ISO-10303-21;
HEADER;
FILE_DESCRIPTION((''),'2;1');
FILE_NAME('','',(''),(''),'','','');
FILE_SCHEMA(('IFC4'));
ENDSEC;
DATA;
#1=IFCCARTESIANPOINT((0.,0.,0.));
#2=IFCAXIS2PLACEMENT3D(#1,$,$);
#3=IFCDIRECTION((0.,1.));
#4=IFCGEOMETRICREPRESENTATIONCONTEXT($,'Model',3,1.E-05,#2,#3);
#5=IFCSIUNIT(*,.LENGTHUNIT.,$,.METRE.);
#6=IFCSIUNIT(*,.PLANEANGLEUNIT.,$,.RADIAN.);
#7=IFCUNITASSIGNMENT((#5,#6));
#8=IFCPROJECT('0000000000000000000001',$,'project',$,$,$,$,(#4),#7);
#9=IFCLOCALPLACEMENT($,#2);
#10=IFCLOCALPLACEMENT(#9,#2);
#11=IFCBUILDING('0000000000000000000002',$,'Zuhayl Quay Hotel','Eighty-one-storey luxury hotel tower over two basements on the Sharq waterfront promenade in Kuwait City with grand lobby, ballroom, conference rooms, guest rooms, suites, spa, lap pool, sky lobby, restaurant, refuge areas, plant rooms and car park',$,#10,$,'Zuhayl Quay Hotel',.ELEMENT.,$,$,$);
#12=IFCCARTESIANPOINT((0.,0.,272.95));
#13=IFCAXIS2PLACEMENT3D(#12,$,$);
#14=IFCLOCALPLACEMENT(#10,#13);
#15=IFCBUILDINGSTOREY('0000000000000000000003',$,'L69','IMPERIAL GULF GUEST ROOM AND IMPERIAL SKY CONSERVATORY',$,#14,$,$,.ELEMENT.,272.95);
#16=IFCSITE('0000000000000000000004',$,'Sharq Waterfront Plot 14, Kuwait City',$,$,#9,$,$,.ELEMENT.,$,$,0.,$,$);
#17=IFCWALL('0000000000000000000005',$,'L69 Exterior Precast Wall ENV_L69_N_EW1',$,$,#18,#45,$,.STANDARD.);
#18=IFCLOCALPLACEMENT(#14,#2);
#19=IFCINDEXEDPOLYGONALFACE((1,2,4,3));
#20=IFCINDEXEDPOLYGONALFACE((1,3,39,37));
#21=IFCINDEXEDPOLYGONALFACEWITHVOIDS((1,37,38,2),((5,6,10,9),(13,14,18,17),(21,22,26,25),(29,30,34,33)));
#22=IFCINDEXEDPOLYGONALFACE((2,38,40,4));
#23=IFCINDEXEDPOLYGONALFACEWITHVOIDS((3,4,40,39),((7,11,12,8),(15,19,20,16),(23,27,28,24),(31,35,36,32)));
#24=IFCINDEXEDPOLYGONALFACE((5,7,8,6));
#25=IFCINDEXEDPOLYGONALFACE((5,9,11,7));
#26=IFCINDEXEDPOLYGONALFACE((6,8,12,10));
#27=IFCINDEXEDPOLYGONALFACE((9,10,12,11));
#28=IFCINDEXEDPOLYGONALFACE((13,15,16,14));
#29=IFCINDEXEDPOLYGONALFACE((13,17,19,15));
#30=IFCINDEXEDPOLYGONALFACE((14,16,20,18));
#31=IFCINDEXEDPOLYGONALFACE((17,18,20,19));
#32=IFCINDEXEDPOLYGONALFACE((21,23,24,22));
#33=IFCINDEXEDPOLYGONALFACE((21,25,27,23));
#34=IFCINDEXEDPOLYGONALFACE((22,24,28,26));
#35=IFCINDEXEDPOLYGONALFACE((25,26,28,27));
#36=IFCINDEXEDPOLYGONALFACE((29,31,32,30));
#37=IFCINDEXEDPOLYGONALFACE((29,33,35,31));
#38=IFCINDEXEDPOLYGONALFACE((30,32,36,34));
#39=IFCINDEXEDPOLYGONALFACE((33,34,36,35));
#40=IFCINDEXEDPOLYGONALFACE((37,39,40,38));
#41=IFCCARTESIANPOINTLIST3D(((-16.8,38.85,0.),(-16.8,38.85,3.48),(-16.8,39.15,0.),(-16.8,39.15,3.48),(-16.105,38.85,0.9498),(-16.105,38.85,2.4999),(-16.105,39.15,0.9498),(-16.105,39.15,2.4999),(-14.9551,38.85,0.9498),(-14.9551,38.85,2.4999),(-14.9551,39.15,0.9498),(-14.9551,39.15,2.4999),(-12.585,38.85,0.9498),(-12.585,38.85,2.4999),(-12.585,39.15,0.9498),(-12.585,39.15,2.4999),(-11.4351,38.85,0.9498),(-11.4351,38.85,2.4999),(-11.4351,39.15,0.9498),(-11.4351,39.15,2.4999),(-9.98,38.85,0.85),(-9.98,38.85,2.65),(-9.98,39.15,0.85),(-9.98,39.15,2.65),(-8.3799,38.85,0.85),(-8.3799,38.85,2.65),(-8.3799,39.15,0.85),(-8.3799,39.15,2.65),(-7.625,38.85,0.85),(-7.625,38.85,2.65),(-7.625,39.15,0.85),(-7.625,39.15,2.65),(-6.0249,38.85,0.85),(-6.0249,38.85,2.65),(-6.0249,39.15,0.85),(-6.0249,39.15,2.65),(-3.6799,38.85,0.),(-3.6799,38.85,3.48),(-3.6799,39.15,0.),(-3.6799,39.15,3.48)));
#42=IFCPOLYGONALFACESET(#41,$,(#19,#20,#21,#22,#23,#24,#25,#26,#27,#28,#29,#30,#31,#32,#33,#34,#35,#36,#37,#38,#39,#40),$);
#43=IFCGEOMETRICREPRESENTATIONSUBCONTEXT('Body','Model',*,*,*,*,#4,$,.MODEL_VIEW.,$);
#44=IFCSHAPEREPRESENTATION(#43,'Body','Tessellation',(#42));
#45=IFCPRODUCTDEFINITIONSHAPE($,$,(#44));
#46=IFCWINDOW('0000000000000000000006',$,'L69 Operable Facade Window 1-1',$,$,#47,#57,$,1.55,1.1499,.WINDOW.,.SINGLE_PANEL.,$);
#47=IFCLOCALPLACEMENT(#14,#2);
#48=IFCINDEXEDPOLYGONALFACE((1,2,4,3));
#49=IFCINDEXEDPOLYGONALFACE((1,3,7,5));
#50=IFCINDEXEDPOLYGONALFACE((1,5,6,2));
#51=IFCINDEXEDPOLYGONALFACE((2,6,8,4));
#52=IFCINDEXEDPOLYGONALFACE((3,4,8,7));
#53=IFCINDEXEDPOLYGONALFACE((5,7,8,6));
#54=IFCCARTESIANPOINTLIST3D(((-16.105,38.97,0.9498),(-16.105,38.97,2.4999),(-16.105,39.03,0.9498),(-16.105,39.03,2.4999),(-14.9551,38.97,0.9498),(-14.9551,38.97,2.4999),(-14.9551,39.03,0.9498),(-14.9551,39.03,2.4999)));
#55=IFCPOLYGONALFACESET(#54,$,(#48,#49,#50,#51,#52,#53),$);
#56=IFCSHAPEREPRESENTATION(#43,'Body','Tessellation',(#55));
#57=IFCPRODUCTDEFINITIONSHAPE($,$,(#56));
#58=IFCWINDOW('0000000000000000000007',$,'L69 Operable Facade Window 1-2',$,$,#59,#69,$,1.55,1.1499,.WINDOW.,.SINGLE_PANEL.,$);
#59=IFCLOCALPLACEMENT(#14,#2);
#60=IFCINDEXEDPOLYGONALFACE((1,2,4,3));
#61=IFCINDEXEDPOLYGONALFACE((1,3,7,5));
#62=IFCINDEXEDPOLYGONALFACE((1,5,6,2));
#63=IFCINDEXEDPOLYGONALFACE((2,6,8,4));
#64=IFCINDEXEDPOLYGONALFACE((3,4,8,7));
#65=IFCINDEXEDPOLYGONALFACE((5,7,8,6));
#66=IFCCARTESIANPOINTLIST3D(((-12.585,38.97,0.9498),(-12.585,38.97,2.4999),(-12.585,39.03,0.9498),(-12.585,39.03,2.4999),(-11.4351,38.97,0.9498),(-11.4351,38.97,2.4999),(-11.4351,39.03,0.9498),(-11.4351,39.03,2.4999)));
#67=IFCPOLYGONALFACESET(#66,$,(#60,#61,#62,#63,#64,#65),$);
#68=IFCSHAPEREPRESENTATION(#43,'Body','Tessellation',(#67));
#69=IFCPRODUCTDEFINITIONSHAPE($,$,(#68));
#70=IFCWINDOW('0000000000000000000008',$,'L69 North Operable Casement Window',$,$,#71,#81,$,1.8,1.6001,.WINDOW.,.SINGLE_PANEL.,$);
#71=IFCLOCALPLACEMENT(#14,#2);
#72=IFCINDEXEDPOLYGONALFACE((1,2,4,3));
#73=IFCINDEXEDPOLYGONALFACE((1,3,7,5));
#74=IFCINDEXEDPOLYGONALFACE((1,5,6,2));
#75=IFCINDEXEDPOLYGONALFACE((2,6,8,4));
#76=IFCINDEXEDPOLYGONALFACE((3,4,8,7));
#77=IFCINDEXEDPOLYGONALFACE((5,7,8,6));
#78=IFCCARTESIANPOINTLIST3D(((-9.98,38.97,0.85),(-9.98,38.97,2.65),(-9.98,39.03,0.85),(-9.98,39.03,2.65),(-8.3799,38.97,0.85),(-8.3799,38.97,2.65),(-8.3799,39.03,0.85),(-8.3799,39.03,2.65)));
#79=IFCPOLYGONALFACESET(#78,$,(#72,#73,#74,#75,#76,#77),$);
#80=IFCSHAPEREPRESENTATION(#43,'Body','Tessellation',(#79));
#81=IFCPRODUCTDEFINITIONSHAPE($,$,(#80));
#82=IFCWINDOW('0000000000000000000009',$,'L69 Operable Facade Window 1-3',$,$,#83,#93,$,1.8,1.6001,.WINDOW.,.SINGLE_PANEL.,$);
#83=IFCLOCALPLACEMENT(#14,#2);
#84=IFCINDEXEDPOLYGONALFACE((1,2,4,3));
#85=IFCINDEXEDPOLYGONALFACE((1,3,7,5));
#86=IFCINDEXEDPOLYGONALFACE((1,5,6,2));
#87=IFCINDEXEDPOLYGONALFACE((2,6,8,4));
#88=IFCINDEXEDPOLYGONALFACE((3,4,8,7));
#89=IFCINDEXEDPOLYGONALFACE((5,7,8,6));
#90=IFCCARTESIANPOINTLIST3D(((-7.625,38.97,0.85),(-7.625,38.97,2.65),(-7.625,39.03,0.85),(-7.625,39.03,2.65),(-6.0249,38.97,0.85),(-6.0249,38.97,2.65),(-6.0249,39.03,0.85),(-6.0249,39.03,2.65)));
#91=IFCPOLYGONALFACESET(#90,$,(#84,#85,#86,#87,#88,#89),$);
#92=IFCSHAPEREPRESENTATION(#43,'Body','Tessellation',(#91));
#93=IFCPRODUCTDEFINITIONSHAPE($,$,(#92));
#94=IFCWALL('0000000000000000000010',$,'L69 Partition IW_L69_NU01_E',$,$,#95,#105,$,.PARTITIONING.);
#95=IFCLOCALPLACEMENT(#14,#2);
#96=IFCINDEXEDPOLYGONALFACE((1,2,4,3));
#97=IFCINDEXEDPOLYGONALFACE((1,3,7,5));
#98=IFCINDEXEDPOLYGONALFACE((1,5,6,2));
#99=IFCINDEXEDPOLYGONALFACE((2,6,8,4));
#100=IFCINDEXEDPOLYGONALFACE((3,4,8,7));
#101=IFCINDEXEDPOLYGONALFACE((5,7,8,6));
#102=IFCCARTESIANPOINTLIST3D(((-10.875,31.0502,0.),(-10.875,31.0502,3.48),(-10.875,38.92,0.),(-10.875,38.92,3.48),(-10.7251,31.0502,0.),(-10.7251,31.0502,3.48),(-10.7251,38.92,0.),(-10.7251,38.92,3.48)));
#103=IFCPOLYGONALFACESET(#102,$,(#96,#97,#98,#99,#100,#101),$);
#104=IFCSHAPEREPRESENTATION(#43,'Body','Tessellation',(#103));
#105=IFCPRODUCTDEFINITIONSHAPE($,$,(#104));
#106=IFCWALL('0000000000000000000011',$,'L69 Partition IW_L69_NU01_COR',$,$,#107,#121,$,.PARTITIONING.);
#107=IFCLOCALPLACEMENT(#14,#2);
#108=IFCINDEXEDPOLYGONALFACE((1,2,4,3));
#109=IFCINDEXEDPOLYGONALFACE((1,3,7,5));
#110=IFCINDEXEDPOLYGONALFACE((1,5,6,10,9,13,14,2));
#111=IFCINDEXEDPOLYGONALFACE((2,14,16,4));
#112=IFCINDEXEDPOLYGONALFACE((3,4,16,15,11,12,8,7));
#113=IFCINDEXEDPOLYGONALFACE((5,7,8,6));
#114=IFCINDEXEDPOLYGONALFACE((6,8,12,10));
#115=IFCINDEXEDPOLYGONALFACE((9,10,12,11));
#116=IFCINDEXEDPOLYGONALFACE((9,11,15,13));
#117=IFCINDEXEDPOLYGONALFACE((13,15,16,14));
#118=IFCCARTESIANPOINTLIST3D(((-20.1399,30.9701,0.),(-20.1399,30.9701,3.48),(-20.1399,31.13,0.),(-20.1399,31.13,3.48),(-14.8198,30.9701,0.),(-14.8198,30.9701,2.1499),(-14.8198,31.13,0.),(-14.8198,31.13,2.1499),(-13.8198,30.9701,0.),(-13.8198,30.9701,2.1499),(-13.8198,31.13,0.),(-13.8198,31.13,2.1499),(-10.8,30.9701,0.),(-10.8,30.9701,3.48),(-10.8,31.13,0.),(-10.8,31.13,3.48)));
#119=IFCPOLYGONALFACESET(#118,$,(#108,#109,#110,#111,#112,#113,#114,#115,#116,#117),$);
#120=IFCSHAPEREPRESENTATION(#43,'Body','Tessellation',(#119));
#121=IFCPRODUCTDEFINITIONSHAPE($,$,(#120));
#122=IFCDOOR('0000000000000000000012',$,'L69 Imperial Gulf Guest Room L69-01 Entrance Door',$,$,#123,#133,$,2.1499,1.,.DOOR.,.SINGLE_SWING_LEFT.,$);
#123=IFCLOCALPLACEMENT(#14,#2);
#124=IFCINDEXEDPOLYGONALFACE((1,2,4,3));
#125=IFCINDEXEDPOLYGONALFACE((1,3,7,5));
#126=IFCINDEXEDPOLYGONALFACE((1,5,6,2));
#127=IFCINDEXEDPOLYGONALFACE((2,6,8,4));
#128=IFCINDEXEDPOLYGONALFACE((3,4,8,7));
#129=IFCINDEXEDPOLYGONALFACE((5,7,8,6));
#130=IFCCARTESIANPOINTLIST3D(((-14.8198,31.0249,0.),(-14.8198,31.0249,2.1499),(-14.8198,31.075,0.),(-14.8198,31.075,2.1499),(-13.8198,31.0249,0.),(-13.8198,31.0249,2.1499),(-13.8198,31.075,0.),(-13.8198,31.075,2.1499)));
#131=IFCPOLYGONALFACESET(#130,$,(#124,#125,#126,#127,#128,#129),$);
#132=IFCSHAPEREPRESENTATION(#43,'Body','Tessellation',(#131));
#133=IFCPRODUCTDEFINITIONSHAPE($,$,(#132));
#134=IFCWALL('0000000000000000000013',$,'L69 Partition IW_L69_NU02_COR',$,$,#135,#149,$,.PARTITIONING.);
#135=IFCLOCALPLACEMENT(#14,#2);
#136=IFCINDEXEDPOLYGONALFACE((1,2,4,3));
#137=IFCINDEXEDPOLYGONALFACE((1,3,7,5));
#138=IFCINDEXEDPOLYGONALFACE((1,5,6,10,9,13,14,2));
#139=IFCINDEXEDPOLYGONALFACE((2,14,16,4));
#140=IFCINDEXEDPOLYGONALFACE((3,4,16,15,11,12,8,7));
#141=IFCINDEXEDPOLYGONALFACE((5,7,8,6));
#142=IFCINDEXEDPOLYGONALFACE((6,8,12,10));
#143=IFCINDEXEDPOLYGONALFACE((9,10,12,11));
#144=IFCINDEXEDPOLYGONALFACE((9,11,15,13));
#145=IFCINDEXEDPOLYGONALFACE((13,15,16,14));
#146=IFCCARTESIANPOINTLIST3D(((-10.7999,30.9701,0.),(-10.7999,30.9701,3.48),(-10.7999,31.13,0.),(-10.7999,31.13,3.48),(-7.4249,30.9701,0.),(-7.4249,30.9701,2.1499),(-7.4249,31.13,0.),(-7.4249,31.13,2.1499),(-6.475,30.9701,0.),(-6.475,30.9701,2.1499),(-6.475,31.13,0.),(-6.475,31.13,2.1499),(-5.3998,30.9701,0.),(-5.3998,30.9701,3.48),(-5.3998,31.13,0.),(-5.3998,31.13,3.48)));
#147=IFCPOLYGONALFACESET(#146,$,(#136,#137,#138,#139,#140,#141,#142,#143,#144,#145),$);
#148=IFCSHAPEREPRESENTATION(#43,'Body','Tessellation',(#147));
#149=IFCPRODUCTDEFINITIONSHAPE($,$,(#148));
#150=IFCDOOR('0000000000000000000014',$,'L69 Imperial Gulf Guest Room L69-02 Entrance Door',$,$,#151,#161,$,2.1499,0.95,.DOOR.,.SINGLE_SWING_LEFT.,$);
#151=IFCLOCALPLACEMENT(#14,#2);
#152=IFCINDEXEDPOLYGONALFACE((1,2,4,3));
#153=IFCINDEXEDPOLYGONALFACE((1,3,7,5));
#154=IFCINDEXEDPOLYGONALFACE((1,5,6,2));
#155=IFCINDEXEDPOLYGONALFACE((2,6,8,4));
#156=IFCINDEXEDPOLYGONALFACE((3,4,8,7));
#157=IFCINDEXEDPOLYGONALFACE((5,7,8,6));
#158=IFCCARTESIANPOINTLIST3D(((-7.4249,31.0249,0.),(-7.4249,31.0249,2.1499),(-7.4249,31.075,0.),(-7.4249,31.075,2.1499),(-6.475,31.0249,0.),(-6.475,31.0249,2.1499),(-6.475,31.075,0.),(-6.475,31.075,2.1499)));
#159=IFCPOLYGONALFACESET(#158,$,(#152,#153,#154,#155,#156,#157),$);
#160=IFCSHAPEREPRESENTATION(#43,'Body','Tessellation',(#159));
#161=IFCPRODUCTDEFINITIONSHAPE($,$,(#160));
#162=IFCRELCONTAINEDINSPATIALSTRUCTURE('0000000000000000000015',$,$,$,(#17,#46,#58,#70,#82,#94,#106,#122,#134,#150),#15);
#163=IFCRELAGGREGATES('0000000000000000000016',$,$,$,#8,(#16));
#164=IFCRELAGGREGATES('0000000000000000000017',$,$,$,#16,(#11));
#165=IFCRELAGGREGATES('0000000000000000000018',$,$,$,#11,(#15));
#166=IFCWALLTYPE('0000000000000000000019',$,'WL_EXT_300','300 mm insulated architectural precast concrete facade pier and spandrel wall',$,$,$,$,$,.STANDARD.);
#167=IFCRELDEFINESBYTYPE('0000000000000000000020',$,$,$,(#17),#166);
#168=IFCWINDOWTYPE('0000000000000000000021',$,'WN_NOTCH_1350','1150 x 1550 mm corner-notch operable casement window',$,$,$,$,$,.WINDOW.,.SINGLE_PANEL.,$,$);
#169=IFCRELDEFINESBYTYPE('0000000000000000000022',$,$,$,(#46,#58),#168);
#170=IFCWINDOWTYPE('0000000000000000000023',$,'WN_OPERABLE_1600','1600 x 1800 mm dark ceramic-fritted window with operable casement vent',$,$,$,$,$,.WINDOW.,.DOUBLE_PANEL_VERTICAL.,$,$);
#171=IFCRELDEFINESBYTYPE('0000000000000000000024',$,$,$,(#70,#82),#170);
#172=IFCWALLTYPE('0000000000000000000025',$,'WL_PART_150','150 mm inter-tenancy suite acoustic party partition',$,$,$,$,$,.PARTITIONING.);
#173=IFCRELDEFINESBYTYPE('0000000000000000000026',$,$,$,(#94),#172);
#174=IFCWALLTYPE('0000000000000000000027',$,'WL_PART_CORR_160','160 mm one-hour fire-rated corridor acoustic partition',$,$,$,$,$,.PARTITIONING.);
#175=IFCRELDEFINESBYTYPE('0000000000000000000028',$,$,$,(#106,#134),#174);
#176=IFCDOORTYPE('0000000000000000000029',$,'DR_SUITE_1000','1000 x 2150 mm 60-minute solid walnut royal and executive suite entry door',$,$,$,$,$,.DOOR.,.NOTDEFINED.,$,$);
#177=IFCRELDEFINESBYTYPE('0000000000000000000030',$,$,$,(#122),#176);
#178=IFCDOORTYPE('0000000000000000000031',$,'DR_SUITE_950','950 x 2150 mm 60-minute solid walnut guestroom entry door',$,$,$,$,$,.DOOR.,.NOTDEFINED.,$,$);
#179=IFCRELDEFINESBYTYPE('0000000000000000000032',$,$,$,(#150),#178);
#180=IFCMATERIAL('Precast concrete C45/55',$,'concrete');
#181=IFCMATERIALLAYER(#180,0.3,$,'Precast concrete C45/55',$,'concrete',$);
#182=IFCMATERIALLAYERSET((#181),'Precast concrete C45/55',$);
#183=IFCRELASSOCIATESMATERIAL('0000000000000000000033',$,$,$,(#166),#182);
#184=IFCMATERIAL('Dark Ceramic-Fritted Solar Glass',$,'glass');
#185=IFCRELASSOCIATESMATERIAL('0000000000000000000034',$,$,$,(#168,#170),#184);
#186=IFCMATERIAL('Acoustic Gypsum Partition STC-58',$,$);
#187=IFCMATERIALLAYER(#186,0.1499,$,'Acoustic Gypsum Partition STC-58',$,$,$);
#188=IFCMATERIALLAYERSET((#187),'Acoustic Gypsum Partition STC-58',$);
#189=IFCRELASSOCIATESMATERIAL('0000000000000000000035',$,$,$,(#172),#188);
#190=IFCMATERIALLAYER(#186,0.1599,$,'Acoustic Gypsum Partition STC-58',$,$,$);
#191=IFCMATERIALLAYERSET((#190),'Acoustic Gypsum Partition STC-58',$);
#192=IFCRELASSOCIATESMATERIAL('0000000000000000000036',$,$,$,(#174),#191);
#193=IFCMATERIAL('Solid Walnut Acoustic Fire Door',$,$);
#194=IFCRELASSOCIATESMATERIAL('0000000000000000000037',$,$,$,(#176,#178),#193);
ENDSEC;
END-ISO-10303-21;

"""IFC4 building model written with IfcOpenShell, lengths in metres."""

from ifc_helpers import new_model, si_unit, direction, frame, frame_2d, origin, place, context, subcontext, project, spatial, rectangle, extrude, material, layer, layer_set, type_object, element, fill, save


model = new_model("IFC4")

# Units and contexts
model_context = context("Model", 3, precision=1e-05, world=origin(), true_north=direction((0.0, 1.0)))
body_context = subcontext(model_context, "Body", "Model", "MODEL_VIEW")
ifc_project = project(units=[si_unit("LENGTHUNIT", "METRE"), si_unit("PLANEANGLEUNIT", "RADIAN")], contexts=[model_context])

# Site, building, storey
site_placement = place(None, origin())
site = spatial("IfcSite", under=ifc_project, at=site_placement, Name="Sharq Waterfront Plot 14, Kuwait City", CompositionType="ELEMENT", RefElevation=0.0)
building_placement = place(site_placement, origin())
building = spatial("IfcBuilding", under=site, at=building_placement, Name="Zuhayl Quay Hotel", Description="Eighty-one-storey luxury hotel tower over two basements on the Sharq waterfront promenade in Kuwait City with grand lobby, ballroom, conference rooms, guest rooms, suites, spa, lap pool, sky lobby, restaurant, refuge areas, plant rooms and car park", LongName="Zuhayl Quay Hotel", CompositionType="ELEMENT")
storey_placement = place(building_placement, frame((0.0, 0.0, 272.95)))
storey = spatial("IfcBuildingStorey", under=building, at=storey_placement, Name="L69", Description="IMPERIAL GULF GUEST ROOM AND IMPERIAL SKY CONSERVATORY", CompositionType="ELEMENT", Elevation=272.95)

# Shared definitions
ifc_material_1 = material(Name="Precast concrete C45/55", Category="concrete")
ifc_layer_1 = layer(ifc_material_1, 0.3, Name="Precast concrete C45/55", Category="concrete")
ifc_layer_set_1 = layer_set([ifc_layer_1], Name="Precast concrete C45/55")
wall_type_1 = type_object("IfcWallType", Name="WL_EXT_300", Description="300 mm insulated architectural precast concrete facade pier and spandrel wall", PredefinedType="STANDARD", material=ifc_layer_set_1)

# Wall, openings, windows
wall_1_placement = place(storey_placement, frame((-16.8, 39.0, 0.0), z_axis=(0.0, 0.0, 1.0), x_axis=(1.0, 0.0, 0.0)))
wall_1 = element("IfcWall", 1, at=wall_1_placement, inside=storey, type_object=wall_type_1, Name="L69 Exterior Precast Wall ENV_L69_N_EW1", PredefinedType="STANDARD", context=body_context, shape_type="SweptSolid", body=[
    extrude(rectangle(XDim=13.1201, YDim=0.3, at=frame_2d((6.5601, 0.0))), origin(), (0.0, 0.0, 1.0), 3.48),
])
opening_1_placement = place(wall_1_placement, frame((6.8201, 0.0, 0.8501)))
opening_1 = element("IfcOpeningElement", 2, at=opening_1_placement, cuts=wall_1, PredefinedType="OPENING", context=body_context, shape_type="SweptSolid", body=[
    extrude(rectangle(XDim=1.6001, YDim=1.8, at=frame_2d((0.8, 0.8999))), frame((0.0, 0.1599, 0.0), z_axis=(0.0, -1.0, 0.0), x_axis=(1.0, 0.0, 0.0)), (0.0, 0.0, 1.0), 0.3201),
])
opening_2_placement = place(wall_1_placement, frame((0.6951, 0.0, 0.95)))
opening_2 = element("IfcOpeningElement", 3, at=opening_2_placement, cuts=wall_1, PredefinedType="OPENING", context=body_context, shape_type="SweptSolid", body=[
    extrude(rectangle(XDim=1.1499, YDim=1.55, at=frame_2d((0.575, 0.7749))), frame((0.0, 0.1599, 0.0), z_axis=(0.0, -1.0, 0.0), x_axis=(1.0, 0.0, 0.0)), (0.0, 0.0, 1.0), 0.3201),
])
opening_3_placement = place(wall_1_placement, frame((4.2151, 0.0, 0.95)))
opening_3 = element("IfcOpeningElement", 4, at=opening_3_placement, cuts=wall_1, PredefinedType="OPENING", context=body_context, shape_type="SweptSolid", body=[
    extrude(rectangle(XDim=1.1499, YDim=1.55, at=frame_2d((0.575, 0.7749))), frame((0.0, 0.1599, 0.0), z_axis=(0.0, -1.0, 0.0), x_axis=(1.0, 0.0, 0.0)), (0.0, 0.0, 1.0), 0.3201),
])
opening_4_placement = place(wall_1_placement, frame((9.175, 0.0, 0.8501)))
opening_4 = element("IfcOpeningElement", 5, at=opening_4_placement, cuts=wall_1, PredefinedType="OPENING", context=body_context, shape_type="SweptSolid", body=[
    extrude(rectangle(XDim=1.6001, YDim=1.8, at=frame_2d((0.8, 0.8999))), frame((0.0, 0.1599, 0.0), z_axis=(0.0, -1.0, 0.0), x_axis=(1.0, 0.0, 0.0)), (0.0, 0.0, 1.0), 0.3201),
])
ifc_material_2 = material(Name="Dark Ceramic-Fritted Solar Glass", Category="glass")
window_type_1 = type_object("IfcWindowType", Name="WN_NOTCH_1350", Description="1150 x 1550 mm corner-notch operable casement window", PartitioningType="SINGLE_PANEL", PredefinedType="WINDOW", material=ifc_material_2)
window_1_placement = place(opening_2_placement, origin())
window_1 = element("IfcWindow", 6, at=window_1_placement, inside=storey, type_object=window_type_1, Name="L69 Operable Facade Window 1-1", OverallHeight=1.55, OverallWidth=1.1499, PartitioningType="SINGLE_PANEL", PredefinedType="WINDOW", context=body_context, shape_type="SweptSolid", body=[
    extrude(rectangle(XDim=1.1499, YDim=1.55, at=frame_2d((0.575, 0.7749))), frame((0.0, 0.03, 0.0), z_axis=(0.0, -1.0, 0.0), x_axis=(1.0, 0.0, 0.0)), (0.0, 0.0, 1.0), 0.0601),
])
fill(opening_2, window_1)
window_2_placement = place(opening_3_placement, origin())
window_2 = element("IfcWindow", 7, at=window_2_placement, inside=storey, type_object=window_type_1, Name="L69 Operable Facade Window 1-2", OverallHeight=1.55, OverallWidth=1.1499, PartitioningType="SINGLE_PANEL", PredefinedType="WINDOW", context=body_context, shape_type="SweptSolid", body=[
    extrude(rectangle(XDim=1.1499, YDim=1.55, at=frame_2d((0.575, 0.7749))), frame((0.0, 0.03, 0.0), z_axis=(0.0, -1.0, 0.0), x_axis=(1.0, 0.0, 0.0)), (0.0, 0.0, 1.0), 0.0601),
])
fill(opening_3, window_2)
window_type_2 = type_object("IfcWindowType", Name="WN_OPERABLE_1600", Description="1600 x 1800 mm dark ceramic-fritted window with operable casement vent", PartitioningType="DOUBLE_PANEL_VERTICAL", PredefinedType="WINDOW", material=ifc_material_2)
window_3_placement = place(opening_1_placement, origin())
window_3 = element("IfcWindow", 8, at=window_3_placement, inside=storey, type_object=window_type_2, Name="L69 North Operable Casement Window", OverallHeight=1.8, OverallWidth=1.6001, PartitioningType="SINGLE_PANEL", PredefinedType="WINDOW", context=body_context, shape_type="SweptSolid", body=[
    extrude(rectangle(XDim=1.6001, YDim=1.8, at=frame_2d((0.8, 0.8999))), frame((0.0, 0.03, 0.0), z_axis=(0.0, -1.0, 0.0), x_axis=(1.0, 0.0, 0.0)), (0.0, 0.0, 1.0), 0.0601),
])
fill(opening_1, window_3)
window_4_placement = place(opening_4_placement, origin())
window_4 = element("IfcWindow", 9, at=window_4_placement, inside=storey, type_object=window_type_2, Name="L69 Operable Facade Window 1-3", OverallHeight=1.8, OverallWidth=1.6001, PartitioningType="SINGLE_PANEL", PredefinedType="WINDOW", context=body_context, shape_type="SweptSolid", body=[
    extrude(rectangle(XDim=1.6001, YDim=1.8, at=frame_2d((0.8, 0.8999))), frame((0.0, 0.03, 0.0), z_axis=(0.0, -1.0, 0.0), x_axis=(1.0, 0.0, 0.0)), (0.0, 0.0, 1.0), 0.0601),
])
fill(opening_4, window_4)

# Wall
ifc_material_3 = material(Name="Acoustic Gypsum Partition STC-58")
ifc_layer_2 = layer(ifc_material_3, 0.1499, Name="Acoustic Gypsum Partition STC-58")
ifc_layer_set_2 = layer_set([ifc_layer_2], Name="Acoustic Gypsum Partition STC-58")
wall_type_2 = type_object("IfcWallType", Name="WL_PART_150", Description="150 mm inter-tenancy suite acoustic party partition", PredefinedType="PARTITIONING", material=ifc_layer_set_2)
wall_2_placement = place(storey_placement, frame((-10.8, 31.05, 0.0), z_axis=(0.0, 0.0, 1.0), x_axis=(0.0, 1.0, 0.0)))
element("IfcWall", 10, at=wall_2_placement, inside=storey, type_object=wall_type_2, Name="L69 Partition IW_L69_NU01_E", PredefinedType="PARTITIONING", context=body_context, shape_type="SweptSolid", body=[
    extrude(rectangle(XDim=7.8699, YDim=0.1499, at=frame_2d((3.9351, 0.0))), origin(), (0.0, 0.0, 1.0), 3.48),
])

# Walls, openings, doors
ifc_layer_3 = layer(ifc_material_3, 0.1599, Name="Acoustic Gypsum Partition STC-58")
ifc_layer_set_3 = layer_set([ifc_layer_3], Name="Acoustic Gypsum Partition STC-58")
wall_type_3 = type_object("IfcWallType", Name="WL_PART_CORR_160", Description="160 mm one-hour fire-rated corridor acoustic partition", PredefinedType="PARTITIONING", material=ifc_layer_set_3)
wall_3_placement = place(storey_placement, frame((-20.1399, 31.05, 0.0), z_axis=(0.0, 0.0, 1.0), x_axis=(1.0, 0.0, 0.0)))
wall_3 = element("IfcWall", 11, at=wall_3_placement, inside=storey, type_object=wall_type_3, Name="L69 Partition IW_L69_NU01_COR", PredefinedType="PARTITIONING", context=body_context, shape_type="SweptSolid", body=[
    extrude(rectangle(XDim=9.3398, YDim=0.1599, at=frame_2d((4.6699, 0.0))), origin(), (0.0, 0.0, 1.0), 3.48),
])
opening_5_placement = place(wall_3_placement, frame((5.3201, 0.0, 0.0)))
opening_5 = element("IfcOpeningElement", 12, at=opening_5_placement, cuts=wall_3, PredefinedType="OPENING", context=body_context, shape_type="SweptSolid", body=[
    extrude(rectangle(XDim=1.0, YDim=2.1499, at=frame_2d((0.5, 1.075))), frame((0.0, 0.0898, 0.0), z_axis=(0.0, -1.0, 0.0), x_axis=(1.0, 0.0, 0.0)), (0.0, 0.0, 1.0), 0.1799),
])
ifc_material_4 = material(Name="Solid Walnut Acoustic Fire Door")
door_type_1 = type_object("IfcDoorType", Name="DR_SUITE_1000", Description="1000 x 2150 mm 60-minute solid walnut royal and executive suite entry door", OperationType="NOTDEFINED", PredefinedType="DOOR", material=ifc_material_4)
door_1_placement = place(opening_5_placement, origin())
door_1 = element("IfcDoor", 13, at=door_1_placement, inside=storey, type_object=door_type_1, Name="L69 Imperial Gulf Guest Room L69-01 Entrance Door", OperationType="SINGLE_SWING_LEFT", OverallHeight=2.1499, OverallWidth=1.0, PredefinedType="DOOR", context=body_context, shape_type="SweptSolid", body=[
    extrude(rectangle(XDim=1.0, YDim=2.1499, at=frame_2d((0.5, 1.075))), frame((0.0, 0.0249, 0.0), z_axis=(0.0, -1.0, 0.0), x_axis=(1.0, 0.0, 0.0)), (0.0, 0.0, 1.0), 0.05),
])
fill(opening_5, door_1)
wall_4_placement = place(storey_placement, frame((-10.8, 31.05, 0.0), z_axis=(0.0, 0.0, 1.0), x_axis=(1.0, 0.0, 0.0)))
wall_4 = element("IfcWall", 14, at=wall_4_placement, inside=storey, type_object=wall_type_3, Name="L69 Partition IW_L69_NU02_COR", PredefinedType="PARTITIONING", context=body_context, shape_type="SweptSolid", body=[
    extrude(rectangle(XDim=5.4001, YDim=0.1599, at=frame_2d((2.7002, 0.0))), origin(), (0.0, 0.0, 1.0), 3.48),
])
opening_6_placement = place(wall_4_placement, frame((3.375, 0.0, 0.0)))
opening_6 = element("IfcOpeningElement", 15, at=opening_6_placement, cuts=wall_4, PredefinedType="OPENING", context=body_context, shape_type="SweptSolid", body=[
    extrude(rectangle(XDim=0.95, YDim=2.1499, at=frame_2d((0.4751, 1.075))), frame((0.0, 0.0898, 0.0), z_axis=(0.0, -1.0, 0.0), x_axis=(1.0, 0.0, 0.0)), (0.0, 0.0, 1.0), 0.1799),
])
door_type_2 = type_object("IfcDoorType", Name="DR_SUITE_950", Description="950 x 2150 mm 60-minute solid walnut guestroom entry door", OperationType="NOTDEFINED", PredefinedType="DOOR", material=ifc_material_4)
door_2_placement = place(opening_6_placement, origin())
door_2 = element("IfcDoor", 16, at=door_2_placement, inside=storey, type_object=door_type_2, Name="L69 Imperial Gulf Guest Room L69-02 Entrance Door", OperationType="SINGLE_SWING_LEFT", OverallHeight=2.1499, OverallWidth=0.95, PredefinedType="DOOR", context=body_context, shape_type="SweptSolid", body=[
    extrude(rectangle(XDim=0.95, YDim=2.1499, at=frame_2d((0.4751, 1.075))), frame((0.0, 0.0249, 0.0), z_axis=(0.0, -1.0, 0.0), x_axis=(1.0, 0.0, 0.0)), (0.0, 0.0, 1.0), 0.05),
])
fill(opening_6, door_2)

save(model, "model.ifc")
